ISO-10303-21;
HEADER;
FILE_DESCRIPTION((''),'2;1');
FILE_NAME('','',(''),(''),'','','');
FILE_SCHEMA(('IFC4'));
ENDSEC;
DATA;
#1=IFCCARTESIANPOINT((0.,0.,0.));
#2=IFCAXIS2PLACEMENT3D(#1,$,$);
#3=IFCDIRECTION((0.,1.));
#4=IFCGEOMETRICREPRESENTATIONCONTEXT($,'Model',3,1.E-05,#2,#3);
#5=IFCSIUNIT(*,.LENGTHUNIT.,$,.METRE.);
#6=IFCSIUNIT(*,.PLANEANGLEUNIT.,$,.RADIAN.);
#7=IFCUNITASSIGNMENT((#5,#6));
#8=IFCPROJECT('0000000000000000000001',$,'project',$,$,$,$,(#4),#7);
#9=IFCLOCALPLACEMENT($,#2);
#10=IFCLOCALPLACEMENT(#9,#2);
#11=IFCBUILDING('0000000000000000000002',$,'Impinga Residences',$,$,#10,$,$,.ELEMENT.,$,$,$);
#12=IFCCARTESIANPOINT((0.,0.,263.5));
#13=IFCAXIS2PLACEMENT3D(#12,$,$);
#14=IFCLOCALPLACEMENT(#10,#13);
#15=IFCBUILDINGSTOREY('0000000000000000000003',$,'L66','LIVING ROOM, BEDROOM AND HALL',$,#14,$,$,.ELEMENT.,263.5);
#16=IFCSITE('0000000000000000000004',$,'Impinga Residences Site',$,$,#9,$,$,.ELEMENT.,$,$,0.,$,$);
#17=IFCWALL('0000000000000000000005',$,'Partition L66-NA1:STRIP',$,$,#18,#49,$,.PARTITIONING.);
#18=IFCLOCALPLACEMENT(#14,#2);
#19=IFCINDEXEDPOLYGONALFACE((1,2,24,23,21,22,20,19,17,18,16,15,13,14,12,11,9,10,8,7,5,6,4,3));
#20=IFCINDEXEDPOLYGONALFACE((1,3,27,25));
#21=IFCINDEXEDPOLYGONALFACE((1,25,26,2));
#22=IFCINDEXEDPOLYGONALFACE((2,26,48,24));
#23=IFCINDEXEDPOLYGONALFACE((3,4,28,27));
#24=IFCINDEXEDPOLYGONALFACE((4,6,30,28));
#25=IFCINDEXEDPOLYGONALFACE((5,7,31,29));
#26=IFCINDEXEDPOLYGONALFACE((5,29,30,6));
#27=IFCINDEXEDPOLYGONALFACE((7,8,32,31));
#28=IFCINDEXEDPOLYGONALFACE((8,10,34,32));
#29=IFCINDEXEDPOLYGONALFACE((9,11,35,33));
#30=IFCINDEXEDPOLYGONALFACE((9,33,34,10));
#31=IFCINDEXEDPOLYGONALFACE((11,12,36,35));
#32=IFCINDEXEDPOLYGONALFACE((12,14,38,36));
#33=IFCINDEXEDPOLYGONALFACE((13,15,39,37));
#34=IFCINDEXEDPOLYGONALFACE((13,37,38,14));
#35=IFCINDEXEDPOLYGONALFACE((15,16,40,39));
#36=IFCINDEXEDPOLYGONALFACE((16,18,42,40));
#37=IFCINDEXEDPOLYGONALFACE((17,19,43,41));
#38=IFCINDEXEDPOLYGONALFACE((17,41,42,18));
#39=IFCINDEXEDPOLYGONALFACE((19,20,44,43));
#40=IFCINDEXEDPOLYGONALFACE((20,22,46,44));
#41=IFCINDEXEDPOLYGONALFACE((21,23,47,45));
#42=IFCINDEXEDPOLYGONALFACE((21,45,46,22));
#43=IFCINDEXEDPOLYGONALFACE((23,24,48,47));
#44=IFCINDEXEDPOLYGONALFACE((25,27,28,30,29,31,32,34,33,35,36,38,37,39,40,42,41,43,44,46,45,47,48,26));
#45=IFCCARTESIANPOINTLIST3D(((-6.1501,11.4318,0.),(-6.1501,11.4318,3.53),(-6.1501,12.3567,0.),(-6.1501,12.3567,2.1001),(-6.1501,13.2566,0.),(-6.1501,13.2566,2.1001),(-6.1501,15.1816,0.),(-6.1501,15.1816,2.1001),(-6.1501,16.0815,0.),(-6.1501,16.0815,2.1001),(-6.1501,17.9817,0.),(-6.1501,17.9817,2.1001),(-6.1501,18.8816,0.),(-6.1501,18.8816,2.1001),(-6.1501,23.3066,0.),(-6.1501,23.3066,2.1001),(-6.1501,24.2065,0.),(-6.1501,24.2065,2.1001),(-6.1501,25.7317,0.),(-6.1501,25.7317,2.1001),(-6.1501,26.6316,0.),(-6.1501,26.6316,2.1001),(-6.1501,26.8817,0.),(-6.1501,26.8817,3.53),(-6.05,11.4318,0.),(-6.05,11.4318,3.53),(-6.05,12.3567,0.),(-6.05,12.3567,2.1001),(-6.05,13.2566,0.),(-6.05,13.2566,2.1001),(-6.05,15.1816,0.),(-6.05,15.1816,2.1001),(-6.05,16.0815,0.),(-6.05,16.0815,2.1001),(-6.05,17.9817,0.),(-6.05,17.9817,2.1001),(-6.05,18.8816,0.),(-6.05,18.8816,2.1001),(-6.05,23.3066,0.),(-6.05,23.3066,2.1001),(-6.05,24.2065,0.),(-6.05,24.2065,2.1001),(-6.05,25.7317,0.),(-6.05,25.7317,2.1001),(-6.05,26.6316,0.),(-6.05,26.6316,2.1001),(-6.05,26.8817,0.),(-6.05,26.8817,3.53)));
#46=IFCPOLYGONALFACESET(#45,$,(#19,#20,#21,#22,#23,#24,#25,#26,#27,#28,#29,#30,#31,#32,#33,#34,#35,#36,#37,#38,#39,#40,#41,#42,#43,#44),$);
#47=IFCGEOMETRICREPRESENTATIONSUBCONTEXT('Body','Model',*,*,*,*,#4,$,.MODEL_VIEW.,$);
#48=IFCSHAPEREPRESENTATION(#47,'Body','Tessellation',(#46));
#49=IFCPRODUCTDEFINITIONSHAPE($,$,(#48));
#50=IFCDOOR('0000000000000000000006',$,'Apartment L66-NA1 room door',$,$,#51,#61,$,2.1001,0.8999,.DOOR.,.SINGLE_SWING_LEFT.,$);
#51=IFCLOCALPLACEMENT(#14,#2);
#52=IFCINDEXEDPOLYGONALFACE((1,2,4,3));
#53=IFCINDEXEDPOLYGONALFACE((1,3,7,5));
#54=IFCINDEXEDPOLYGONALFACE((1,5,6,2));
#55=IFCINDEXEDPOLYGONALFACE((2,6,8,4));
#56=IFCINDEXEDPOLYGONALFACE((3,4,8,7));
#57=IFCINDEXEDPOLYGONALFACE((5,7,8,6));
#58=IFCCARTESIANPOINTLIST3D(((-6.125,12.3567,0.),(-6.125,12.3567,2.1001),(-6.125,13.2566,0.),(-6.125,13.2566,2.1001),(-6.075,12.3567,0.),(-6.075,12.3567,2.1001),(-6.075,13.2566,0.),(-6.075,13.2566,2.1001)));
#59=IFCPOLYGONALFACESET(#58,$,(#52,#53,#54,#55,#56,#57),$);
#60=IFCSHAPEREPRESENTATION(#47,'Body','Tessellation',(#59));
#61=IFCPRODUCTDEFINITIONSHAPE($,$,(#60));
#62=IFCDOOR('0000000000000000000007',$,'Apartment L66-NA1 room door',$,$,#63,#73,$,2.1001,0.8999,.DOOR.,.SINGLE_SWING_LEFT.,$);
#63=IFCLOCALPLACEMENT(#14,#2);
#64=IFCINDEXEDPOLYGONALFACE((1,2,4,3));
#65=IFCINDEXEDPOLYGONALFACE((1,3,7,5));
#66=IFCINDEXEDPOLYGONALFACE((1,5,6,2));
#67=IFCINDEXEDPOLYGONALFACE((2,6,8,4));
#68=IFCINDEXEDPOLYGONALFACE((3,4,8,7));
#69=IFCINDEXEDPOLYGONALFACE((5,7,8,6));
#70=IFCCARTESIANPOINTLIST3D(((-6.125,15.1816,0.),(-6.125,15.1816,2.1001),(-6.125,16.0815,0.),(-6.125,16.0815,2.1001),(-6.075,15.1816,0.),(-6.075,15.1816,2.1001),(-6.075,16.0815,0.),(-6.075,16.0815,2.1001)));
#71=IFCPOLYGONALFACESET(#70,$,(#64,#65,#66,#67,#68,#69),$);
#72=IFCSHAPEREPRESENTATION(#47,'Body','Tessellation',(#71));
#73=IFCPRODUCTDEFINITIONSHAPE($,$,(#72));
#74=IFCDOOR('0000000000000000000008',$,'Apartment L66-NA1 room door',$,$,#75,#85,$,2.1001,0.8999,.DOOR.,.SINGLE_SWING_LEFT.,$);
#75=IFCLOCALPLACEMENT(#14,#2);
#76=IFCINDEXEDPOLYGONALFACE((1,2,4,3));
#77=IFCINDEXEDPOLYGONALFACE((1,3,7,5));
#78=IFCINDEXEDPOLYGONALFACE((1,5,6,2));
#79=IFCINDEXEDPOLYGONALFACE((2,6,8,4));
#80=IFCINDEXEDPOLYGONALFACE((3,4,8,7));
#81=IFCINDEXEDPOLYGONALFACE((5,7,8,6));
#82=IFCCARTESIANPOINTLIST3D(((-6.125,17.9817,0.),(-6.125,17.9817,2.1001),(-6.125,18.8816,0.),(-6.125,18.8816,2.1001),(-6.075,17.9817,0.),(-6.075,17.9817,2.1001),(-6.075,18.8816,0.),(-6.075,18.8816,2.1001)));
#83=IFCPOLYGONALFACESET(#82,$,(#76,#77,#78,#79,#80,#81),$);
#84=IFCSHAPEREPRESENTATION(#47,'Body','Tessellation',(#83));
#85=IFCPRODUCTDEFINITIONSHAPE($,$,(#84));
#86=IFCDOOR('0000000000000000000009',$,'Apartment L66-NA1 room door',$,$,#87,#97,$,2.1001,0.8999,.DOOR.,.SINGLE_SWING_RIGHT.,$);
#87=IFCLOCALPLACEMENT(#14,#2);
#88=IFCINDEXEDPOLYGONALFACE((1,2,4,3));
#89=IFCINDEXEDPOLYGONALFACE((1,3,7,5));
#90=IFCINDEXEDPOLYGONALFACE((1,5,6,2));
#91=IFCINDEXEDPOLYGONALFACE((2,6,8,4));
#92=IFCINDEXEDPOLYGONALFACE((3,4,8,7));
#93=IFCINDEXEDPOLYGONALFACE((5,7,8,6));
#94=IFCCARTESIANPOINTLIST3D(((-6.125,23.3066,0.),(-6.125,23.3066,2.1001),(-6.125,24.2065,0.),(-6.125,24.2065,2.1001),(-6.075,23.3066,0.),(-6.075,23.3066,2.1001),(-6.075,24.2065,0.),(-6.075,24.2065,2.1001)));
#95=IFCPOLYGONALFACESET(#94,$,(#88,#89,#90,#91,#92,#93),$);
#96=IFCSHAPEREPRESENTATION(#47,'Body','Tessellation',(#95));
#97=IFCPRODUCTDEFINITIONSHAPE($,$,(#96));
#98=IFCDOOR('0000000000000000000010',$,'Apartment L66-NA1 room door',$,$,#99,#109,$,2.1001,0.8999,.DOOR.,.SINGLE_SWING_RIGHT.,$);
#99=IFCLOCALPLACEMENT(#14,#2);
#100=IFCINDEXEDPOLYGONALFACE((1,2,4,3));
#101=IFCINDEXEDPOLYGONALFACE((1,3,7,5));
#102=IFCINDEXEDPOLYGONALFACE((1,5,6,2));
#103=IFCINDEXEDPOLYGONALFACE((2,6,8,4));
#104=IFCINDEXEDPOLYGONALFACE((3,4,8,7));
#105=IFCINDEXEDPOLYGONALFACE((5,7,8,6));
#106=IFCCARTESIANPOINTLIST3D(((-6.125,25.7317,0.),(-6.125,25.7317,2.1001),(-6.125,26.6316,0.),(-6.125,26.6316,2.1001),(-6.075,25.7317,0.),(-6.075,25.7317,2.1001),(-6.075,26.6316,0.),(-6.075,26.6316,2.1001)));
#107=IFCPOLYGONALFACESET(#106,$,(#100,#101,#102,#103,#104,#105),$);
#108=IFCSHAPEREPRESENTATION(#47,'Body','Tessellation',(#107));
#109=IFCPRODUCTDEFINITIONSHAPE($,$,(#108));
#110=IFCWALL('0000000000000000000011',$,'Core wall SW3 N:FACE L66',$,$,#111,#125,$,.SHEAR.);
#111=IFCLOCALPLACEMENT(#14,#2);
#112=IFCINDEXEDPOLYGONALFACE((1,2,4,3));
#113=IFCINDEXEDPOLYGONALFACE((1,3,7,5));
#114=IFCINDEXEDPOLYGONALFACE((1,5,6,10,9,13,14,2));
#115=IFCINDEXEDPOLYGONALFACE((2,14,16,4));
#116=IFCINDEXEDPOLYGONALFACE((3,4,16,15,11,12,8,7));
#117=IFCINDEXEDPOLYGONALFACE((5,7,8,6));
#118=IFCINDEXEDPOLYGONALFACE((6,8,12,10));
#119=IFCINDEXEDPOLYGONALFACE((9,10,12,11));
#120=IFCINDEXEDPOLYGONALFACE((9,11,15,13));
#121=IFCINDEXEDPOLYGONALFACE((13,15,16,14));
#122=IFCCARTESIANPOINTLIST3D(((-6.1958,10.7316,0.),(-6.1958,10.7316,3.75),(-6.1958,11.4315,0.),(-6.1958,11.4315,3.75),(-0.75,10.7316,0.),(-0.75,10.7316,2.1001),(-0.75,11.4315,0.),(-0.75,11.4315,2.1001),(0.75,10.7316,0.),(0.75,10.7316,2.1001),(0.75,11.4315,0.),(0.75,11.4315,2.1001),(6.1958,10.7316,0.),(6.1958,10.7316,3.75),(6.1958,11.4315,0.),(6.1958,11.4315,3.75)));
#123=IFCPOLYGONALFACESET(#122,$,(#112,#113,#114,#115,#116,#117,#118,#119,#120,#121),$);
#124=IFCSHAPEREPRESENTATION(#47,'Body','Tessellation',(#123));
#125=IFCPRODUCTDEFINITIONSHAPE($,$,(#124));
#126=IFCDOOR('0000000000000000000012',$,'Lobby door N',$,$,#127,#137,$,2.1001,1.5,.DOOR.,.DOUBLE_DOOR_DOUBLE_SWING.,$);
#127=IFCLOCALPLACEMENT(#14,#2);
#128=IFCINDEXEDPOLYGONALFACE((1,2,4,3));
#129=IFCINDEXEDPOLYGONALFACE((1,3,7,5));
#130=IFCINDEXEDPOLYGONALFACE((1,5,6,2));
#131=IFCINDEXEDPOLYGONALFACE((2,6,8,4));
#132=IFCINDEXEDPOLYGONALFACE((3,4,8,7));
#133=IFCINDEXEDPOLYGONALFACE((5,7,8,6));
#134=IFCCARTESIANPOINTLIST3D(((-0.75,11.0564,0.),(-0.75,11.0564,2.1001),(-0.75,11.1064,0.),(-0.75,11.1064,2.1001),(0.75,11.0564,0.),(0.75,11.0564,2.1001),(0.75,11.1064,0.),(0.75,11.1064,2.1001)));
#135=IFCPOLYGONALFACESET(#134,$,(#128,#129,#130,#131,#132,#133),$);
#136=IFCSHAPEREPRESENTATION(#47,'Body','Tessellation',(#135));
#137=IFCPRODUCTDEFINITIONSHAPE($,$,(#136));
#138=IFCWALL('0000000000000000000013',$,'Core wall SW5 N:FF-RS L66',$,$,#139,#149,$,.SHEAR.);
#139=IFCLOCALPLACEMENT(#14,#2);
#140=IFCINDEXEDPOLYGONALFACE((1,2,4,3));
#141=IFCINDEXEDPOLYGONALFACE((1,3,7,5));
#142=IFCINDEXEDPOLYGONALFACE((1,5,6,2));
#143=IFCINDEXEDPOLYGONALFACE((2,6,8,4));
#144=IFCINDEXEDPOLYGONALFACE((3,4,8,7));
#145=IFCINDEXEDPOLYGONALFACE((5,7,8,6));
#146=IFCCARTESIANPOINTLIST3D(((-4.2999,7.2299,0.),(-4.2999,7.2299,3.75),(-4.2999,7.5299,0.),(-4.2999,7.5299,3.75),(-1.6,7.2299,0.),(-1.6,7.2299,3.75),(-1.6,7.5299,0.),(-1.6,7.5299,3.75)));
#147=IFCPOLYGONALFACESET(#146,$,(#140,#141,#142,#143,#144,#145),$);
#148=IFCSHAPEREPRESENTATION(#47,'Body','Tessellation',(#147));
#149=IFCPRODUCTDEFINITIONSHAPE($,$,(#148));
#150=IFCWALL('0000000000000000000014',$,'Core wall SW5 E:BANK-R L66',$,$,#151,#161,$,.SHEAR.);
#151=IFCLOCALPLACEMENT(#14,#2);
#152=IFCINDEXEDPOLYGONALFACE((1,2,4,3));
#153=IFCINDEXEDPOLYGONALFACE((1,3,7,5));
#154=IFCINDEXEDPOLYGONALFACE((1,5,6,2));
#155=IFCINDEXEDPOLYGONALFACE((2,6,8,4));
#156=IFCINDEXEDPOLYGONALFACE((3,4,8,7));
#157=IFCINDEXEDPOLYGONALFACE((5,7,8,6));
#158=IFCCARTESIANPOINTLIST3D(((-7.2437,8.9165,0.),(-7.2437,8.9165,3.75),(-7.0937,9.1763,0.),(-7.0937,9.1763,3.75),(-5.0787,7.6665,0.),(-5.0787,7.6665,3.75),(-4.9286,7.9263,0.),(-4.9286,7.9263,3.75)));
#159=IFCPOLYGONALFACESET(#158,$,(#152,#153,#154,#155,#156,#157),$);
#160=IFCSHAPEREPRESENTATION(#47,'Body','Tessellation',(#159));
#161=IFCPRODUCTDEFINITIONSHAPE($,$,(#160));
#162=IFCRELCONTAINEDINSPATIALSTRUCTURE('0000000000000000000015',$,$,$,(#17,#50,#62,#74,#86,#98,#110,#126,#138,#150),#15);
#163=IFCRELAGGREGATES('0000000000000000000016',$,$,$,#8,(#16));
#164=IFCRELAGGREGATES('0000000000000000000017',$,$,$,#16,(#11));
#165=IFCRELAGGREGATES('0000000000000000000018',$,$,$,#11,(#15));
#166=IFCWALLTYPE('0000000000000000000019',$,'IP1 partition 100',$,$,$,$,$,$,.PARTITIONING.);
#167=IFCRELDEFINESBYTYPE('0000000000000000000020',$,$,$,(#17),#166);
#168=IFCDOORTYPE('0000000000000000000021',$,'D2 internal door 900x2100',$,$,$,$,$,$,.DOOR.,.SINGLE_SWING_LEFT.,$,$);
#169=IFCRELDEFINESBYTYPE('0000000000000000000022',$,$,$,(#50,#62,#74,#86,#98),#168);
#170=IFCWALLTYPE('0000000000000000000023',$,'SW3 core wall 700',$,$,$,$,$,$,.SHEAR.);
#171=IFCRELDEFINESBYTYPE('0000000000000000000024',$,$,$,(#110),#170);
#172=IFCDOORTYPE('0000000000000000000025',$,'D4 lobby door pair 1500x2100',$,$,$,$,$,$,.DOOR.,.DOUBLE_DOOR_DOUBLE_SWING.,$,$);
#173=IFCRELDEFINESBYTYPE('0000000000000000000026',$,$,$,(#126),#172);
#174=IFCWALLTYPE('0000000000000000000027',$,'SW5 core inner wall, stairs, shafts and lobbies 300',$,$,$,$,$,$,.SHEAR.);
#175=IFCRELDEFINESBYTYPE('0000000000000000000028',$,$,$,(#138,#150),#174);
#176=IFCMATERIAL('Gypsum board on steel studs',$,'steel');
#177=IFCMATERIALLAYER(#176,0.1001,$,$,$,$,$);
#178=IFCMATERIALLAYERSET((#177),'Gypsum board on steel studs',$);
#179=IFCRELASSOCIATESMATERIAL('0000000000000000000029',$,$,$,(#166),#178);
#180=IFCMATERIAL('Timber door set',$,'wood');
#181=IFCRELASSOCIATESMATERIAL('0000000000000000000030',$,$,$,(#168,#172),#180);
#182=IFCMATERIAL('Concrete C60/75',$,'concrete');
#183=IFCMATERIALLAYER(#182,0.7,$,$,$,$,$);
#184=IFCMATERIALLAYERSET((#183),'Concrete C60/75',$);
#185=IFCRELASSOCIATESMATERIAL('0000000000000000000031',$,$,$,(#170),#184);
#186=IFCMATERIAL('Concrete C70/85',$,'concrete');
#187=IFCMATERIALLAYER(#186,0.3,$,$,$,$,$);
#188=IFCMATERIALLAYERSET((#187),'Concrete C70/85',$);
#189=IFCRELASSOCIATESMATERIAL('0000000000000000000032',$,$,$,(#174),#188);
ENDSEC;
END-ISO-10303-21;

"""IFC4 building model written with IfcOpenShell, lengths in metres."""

from ifc_helpers import new_model, si_unit, direction, frame, frame_2d, origin, place, context, subcontext, project, spatial, rectangle, extrude, material, layer, layer_set, type_object, element, fill, save


model = new_model("IFC4")

# Units and contexts
model_context = context("Model", 3, precision=1e-05, world=origin(), true_north=direction((0.0, 1.0)))
body_context = subcontext(model_context, "Body", "Model", "MODEL_VIEW")
ifc_project = project(units=[si_unit("LENGTHUNIT", "METRE"), si_unit("PLANEANGLEUNIT", "RADIAN")], contexts=[model_context])

# Site, building, storey
site_placement = place(None, origin())
site = spatial("IfcSite", under=ifc_project, at=site_placement, Name="Impinga Residences Site", CompositionType="ELEMENT", RefElevation=0.0)
building_placement = place(site_placement, origin())
building = spatial("IfcBuilding", under=site, at=building_placement, Name="Impinga Residences", CompositionType="ELEMENT")
storey_placement = place(building_placement, frame((0.0, 0.0, 263.5)))
storey = spatial("IfcBuildingStorey", under=building, at=storey_placement, Name="L66", Description="LIVING ROOM, BEDROOM AND HALL", CompositionType="ELEMENT", Elevation=263.5)

# Shared definitions
ifc_material_1 = material(Name="Concrete C60/75", Category="concrete")

# Shared definitions
ifc_material_2 = material(Name="Timber door set", Category="wood")

# Wall, openings, doors
ifc_material_3 = material(Name="Gypsum board on steel studs", Category="steel")
ifc_layer_1 = layer(ifc_material_3, 0.1001)
ifc_layer_set_1 = layer_set([ifc_layer_1], Name="Gypsum board on steel studs")
wall_type_1 = type_object("IfcWallType", Name="IP1 partition 100", PredefinedType="PARTITIONING", material=ifc_layer_set_1)
wall_1_placement = place(storey_placement, frame((-6.1001, 11.4316, 0.0), z_axis=(0.0, 0.0, 1.0), x_axis=(0.0, 1.0, 0.0)))
wall_1 = element("IfcWall", 1, at=wall_1_placement, inside=storey, type_object=wall_type_1, Name="Partition L66-NA1:STRIP", PredefinedType="PARTITIONING", context=body_context, shape_type="SweptSolid", body=[
    extrude(rectangle(XDim=15.45, YDim=0.1001, at=frame_2d((7.7251, 0.0))), origin(), (0.0, 0.0, 1.0), 3.53),
])
opening_1_placement = place(wall_1_placement, frame((0.925, 0.0, 0.0)))
opening_1 = element("IfcOpeningElement", 2, at=opening_1_placement, cuts=wall_1, PredefinedType="OPENING", context=body_context, shape_type="SweptSolid", body=[
    extrude(rectangle(XDim=0.8999, YDim=2.1001, at=frame_2d((0.45, 1.05))), frame((0.0, 0.0601, 0.0), z_axis=(0.0, -1.0, 0.0), x_axis=(1.0, 0.0, 0.0)), (0.0, 0.0, 1.0), 0.1201),
])
opening_2_placement = place(wall_1_placement, frame((3.75, 0.0, 0.0)))
opening_2 = element("IfcOpeningElement", 3, at=opening_2_placement, cuts=wall_1, PredefinedType="OPENING", context=body_context, shape_type="SweptSolid", body=[
    extrude(rectangle(XDim=0.8999, YDim=2.1001, at=frame_2d((0.45, 1.05))), frame((0.0, 0.0601, 0.0), z_axis=(0.0, -1.0, 0.0), x_axis=(1.0, 0.0, 0.0)), (0.0, 0.0, 1.0), 0.1201),
])
opening_3_placement = place(wall_1_placement, frame((6.55, 0.0, 0.0)))
opening_3 = element("IfcOpeningElement", 4, at=opening_3_placement, cuts=wall_1, PredefinedType="OPENING", context=body_context, shape_type="SweptSolid", body=[
    extrude(rectangle(XDim=0.8999, YDim=2.1001, at=frame_2d((0.45, 1.05))), frame((0.0, 0.0601, 0.0), z_axis=(0.0, -1.0, 0.0), x_axis=(1.0, 0.0, 0.0)), (0.0, 0.0, 1.0), 0.1201),
])
opening_4_placement = place(wall_1_placement, frame((11.875, 0.0, 0.0)))
opening_4 = element("IfcOpeningElement", 5, at=opening_4_placement, cuts=wall_1, PredefinedType="OPENING", context=body_context, shape_type="SweptSolid", body=[
    extrude(rectangle(XDim=0.8999, YDim=2.1001, at=frame_2d((0.45, 1.05))), frame((0.0, 0.0601, 0.0), z_axis=(0.0, -1.0, 0.0), x_axis=(1.0, 0.0, 0.0)), (0.0, 0.0, 1.0), 0.1201),
])
opening_5_placement = place(wall_1_placement, frame((14.3, 0.0, 0.0)))
opening_5 = element("IfcOpeningElement", 6, at=opening_5_placement, cuts=wall_1, PredefinedType="OPENING", context=body_context, shape_type="SweptSolid", body=[
    extrude(rectangle(XDim=0.8999, YDim=2.1001, at=frame_2d((0.45, 1.05))), frame((0.0, 0.0601, 0.0), z_axis=(0.0, -1.0, 0.0), x_axis=(1.0, 0.0, 0.0)), (0.0, 0.0, 1.0), 0.1201),
])
door_type_1 = type_object("IfcDoorType", Name="D2 internal door 900x2100", OperationType="SINGLE_SWING_LEFT", PredefinedType="DOOR", material=ifc_material_2)
door_1_placement = place(opening_1_placement, origin())
door_1 = element("IfcDoor", 7, at=door_1_placement, inside=storey, type_object=door_type_1, Name="Apartment L66-NA1 room door", OperationType="SINGLE_SWING_LEFT", OverallHeight=2.1001, OverallWidth=0.8999, PredefinedType="DOOR", context=body_context, shape_type="SweptSolid", body=[
    extrude(rectangle(XDim=0.8999, YDim=2.1001, at=frame_2d((0.45, 1.05))), frame((0.0, 0.0249, 0.0), z_axis=(0.0, -1.0, 0.0), x_axis=(1.0, 0.0, 0.0)), (0.0, 0.0, 1.0), 0.05),
])
fill(opening_1, door_1)
door_2_placement = place(opening_2_placement, origin())
door_2 = element("IfcDoor", 8, at=door_2_placement, inside=storey, type_object=door_type_1, Name="Apartment L66-NA1 room door", OperationType="SINGLE_SWING_LEFT", OverallHeight=2.1001, OverallWidth=0.8999, PredefinedType="DOOR", context=body_context, shape_type="SweptSolid", body=[
    extrude(rectangle(XDim=0.8999, YDim=2.1001, at=frame_2d((0.45, 1.05))), frame((0.0, 0.0249, 0.0), z_axis=(0.0, -1.0, 0.0), x_axis=(1.0, 0.0, 0.0)), (0.0, 0.0, 1.0), 0.05),
])
fill(opening_2, door_2)
door_3_placement = place(opening_3_placement, origin())
door_3 = element("IfcDoor", 9, at=door_3_placement, inside=storey, type_object=door_type_1, Name="Apartment L66-NA1 room door", OperationType="SINGLE_SWING_LEFT", OverallHeight=2.1001, OverallWidth=0.8999, PredefinedType="DOOR", context=body_context, shape_type="SweptSolid", body=[
    extrude(rectangle(XDim=0.8999, YDim=2.1001, at=frame_2d((0.45, 1.05))), frame((0.0, 0.0249, 0.0), z_axis=(0.0, -1.0, 0.0), x_axis=(1.0, 0.0, 0.0)), (0.0, 0.0, 1.0), 0.05),
])
fill(opening_3, door_3)
door_4_placement = place(opening_4_placement, origin())
door_4 = element("IfcDoor", 10, at=door_4_placement, inside=storey, type_object=door_type_1, Name="Apartment L66-NA1 room door", OperationType="SINGLE_SWING_RIGHT", OverallHeight=2.1001, OverallWidth=0.8999, PredefinedType="DOOR", context=body_context, shape_type="SweptSolid", body=[
    extrude(rectangle(XDim=0.8999, YDim=2.1001, at=frame_2d((0.45, 1.05))), frame((0.0, 0.0249, 0.0), z_axis=(0.0, -1.0, 0.0), x_axis=(1.0, 0.0, 0.0)), (0.0, 0.0, 1.0), 0.05),
])
fill(opening_4, door_4)
door_5_placement = place(opening_5_placement, origin())
door_5 = element("IfcDoor", 11, at=door_5_placement, inside=storey, type_object=door_type_1, Name="Apartment L66-NA1 room door", OperationType="SINGLE_SWING_RIGHT", OverallHeight=2.1001, OverallWidth=0.8999, PredefinedType="DOOR", context=body_context, shape_type="SweptSolid", body=[
    extrude(rectangle(XDim=0.8999, YDim=2.1001, at=frame_2d((0.45, 1.05))), frame((0.0, 0.0249, 0.0), z_axis=(0.0, -1.0, 0.0), x_axis=(1.0, 0.0, 0.0)), (0.0, 0.0, 1.0), 0.05),
])
fill(opening_5, door_5)

# Wall, opening, door
ifc_layer_2 = layer(ifc_material_1, 0.7)
ifc_layer_set_2 = layer_set([ifc_layer_2], Name="Concrete C60/75")
wall_type_2 = type_object("IfcWallType", Name="SW3 core wall 700", PredefinedType="SHEAR", material=ifc_layer_set_2)
wall_2_placement = place(storey_placement, frame((-6.1958, 11.0815, 0.0), z_axis=(0.0, 0.0, 1.0), x_axis=(1.0, 0.0, 0.0)))
wall_2 = element("IfcWall", 12, at=wall_2_placement, inside=storey, type_object=wall_type_2, Name="Core wall SW3 N:FACE L66", PredefinedType="SHEAR", context=body_context, shape_type="SweptSolid", body=[
    extrude(rectangle(XDim=12.3916, YDim=0.7, at=frame_2d((6.1958, 0.0))), origin(), (0.0, 0.0, 1.0), 3.75),
])
opening_6_placement = place(wall_2_placement, frame((5.4458, 0.0, 0.0)))
opening_6 = element("IfcOpeningElement", 13, at=opening_6_placement, cuts=wall_2, PredefinedType="OPENING", context=body_context, shape_type="SweptSolid", body=[
    extrude(rectangle(XDim=1.5, YDim=2.1001, at=frame_2d((0.75, 1.05))), frame((0.0, 0.3599, 0.0), z_axis=(0.0, -1.0, 0.0), x_axis=(1.0, 0.0, 0.0)), (0.0, 0.0, 1.0), 0.72),
])
door_type_2 = type_object("IfcDoorType", Name="D4 lobby door pair 1500x2100", OperationType="DOUBLE_DOOR_DOUBLE_SWING", PredefinedType="DOOR", material=ifc_material_2)
door_6_placement = place(opening_6_placement, origin())
door_6 = element("IfcDoor", 14, at=door_6_placement, inside=storey, type_object=door_type_2, Name="Lobby door N", OperationType="DOUBLE_DOOR_DOUBLE_SWING", OverallHeight=2.1001, OverallWidth=1.5, PredefinedType="DOOR", context=body_context, shape_type="SweptSolid", body=[
    extrude(rectangle(XDim=1.5, YDim=2.1001, at=frame_2d((0.75, 1.05))), frame((0.0, 0.0249, 0.0), z_axis=(0.0, -1.0, 0.0), x_axis=(1.0, 0.0, 0.0)), (0.0, 0.0, 1.0), 0.05),
])
fill(opening_6, door_6)

# Walls
ifc_material_4 = material(Name="Concrete C70/85", Category="concrete")
ifc_layer_3 = layer(ifc_material_4, 0.3)
ifc_layer_set_3 = layer_set([ifc_layer_3], Name="Concrete C70/85")
wall_type_3 = type_object("IfcWallType", Name="SW5 core inner wall, stairs, shafts and lobbies 300", PredefinedType="SHEAR", material=ifc_layer_set_3)
wall_3_placement = place(storey_placement, frame((-4.3, 7.3799, 0.0), z_axis=(0.0, 0.0, 1.0), x_axis=(1.0, 0.0, 0.0)))
element("IfcWall", 15, at=wall_3_placement, inside=storey, type_object=wall_type_3, Name="Core wall SW5 N:FF-RS L66", PredefinedType="SHEAR", context=body_context, shape_type="SweptSolid", body=[
    extrude(rectangle(XDim=2.7, YDim=0.3, at=frame_2d((1.3501, 0.0))), origin(), (0.0, 0.0, 1.0), 3.75),
])
wall_4_placement = place(storey_placement, frame((-5.0037, 7.7964, 0.0), z_axis=(0.0, 0.0, 1.0), x_axis=(-0.866023, 0.500004, 0.0)))
element("IfcWall", 16, at=wall_4_placement, inside=storey, type_object=wall_type_3, Name="Core wall SW5 E:BANK-R L66", PredefinedType="SHEAR", context=body_context, shape_type="SweptSolid", body=[
    extrude(rectangle(XDim=2.5, YDim=0.3, at=frame_2d((1.25, 0.0))), origin(), (0.0, 0.0, 1.0), 3.75),
])

save(model, "model.ifc")
